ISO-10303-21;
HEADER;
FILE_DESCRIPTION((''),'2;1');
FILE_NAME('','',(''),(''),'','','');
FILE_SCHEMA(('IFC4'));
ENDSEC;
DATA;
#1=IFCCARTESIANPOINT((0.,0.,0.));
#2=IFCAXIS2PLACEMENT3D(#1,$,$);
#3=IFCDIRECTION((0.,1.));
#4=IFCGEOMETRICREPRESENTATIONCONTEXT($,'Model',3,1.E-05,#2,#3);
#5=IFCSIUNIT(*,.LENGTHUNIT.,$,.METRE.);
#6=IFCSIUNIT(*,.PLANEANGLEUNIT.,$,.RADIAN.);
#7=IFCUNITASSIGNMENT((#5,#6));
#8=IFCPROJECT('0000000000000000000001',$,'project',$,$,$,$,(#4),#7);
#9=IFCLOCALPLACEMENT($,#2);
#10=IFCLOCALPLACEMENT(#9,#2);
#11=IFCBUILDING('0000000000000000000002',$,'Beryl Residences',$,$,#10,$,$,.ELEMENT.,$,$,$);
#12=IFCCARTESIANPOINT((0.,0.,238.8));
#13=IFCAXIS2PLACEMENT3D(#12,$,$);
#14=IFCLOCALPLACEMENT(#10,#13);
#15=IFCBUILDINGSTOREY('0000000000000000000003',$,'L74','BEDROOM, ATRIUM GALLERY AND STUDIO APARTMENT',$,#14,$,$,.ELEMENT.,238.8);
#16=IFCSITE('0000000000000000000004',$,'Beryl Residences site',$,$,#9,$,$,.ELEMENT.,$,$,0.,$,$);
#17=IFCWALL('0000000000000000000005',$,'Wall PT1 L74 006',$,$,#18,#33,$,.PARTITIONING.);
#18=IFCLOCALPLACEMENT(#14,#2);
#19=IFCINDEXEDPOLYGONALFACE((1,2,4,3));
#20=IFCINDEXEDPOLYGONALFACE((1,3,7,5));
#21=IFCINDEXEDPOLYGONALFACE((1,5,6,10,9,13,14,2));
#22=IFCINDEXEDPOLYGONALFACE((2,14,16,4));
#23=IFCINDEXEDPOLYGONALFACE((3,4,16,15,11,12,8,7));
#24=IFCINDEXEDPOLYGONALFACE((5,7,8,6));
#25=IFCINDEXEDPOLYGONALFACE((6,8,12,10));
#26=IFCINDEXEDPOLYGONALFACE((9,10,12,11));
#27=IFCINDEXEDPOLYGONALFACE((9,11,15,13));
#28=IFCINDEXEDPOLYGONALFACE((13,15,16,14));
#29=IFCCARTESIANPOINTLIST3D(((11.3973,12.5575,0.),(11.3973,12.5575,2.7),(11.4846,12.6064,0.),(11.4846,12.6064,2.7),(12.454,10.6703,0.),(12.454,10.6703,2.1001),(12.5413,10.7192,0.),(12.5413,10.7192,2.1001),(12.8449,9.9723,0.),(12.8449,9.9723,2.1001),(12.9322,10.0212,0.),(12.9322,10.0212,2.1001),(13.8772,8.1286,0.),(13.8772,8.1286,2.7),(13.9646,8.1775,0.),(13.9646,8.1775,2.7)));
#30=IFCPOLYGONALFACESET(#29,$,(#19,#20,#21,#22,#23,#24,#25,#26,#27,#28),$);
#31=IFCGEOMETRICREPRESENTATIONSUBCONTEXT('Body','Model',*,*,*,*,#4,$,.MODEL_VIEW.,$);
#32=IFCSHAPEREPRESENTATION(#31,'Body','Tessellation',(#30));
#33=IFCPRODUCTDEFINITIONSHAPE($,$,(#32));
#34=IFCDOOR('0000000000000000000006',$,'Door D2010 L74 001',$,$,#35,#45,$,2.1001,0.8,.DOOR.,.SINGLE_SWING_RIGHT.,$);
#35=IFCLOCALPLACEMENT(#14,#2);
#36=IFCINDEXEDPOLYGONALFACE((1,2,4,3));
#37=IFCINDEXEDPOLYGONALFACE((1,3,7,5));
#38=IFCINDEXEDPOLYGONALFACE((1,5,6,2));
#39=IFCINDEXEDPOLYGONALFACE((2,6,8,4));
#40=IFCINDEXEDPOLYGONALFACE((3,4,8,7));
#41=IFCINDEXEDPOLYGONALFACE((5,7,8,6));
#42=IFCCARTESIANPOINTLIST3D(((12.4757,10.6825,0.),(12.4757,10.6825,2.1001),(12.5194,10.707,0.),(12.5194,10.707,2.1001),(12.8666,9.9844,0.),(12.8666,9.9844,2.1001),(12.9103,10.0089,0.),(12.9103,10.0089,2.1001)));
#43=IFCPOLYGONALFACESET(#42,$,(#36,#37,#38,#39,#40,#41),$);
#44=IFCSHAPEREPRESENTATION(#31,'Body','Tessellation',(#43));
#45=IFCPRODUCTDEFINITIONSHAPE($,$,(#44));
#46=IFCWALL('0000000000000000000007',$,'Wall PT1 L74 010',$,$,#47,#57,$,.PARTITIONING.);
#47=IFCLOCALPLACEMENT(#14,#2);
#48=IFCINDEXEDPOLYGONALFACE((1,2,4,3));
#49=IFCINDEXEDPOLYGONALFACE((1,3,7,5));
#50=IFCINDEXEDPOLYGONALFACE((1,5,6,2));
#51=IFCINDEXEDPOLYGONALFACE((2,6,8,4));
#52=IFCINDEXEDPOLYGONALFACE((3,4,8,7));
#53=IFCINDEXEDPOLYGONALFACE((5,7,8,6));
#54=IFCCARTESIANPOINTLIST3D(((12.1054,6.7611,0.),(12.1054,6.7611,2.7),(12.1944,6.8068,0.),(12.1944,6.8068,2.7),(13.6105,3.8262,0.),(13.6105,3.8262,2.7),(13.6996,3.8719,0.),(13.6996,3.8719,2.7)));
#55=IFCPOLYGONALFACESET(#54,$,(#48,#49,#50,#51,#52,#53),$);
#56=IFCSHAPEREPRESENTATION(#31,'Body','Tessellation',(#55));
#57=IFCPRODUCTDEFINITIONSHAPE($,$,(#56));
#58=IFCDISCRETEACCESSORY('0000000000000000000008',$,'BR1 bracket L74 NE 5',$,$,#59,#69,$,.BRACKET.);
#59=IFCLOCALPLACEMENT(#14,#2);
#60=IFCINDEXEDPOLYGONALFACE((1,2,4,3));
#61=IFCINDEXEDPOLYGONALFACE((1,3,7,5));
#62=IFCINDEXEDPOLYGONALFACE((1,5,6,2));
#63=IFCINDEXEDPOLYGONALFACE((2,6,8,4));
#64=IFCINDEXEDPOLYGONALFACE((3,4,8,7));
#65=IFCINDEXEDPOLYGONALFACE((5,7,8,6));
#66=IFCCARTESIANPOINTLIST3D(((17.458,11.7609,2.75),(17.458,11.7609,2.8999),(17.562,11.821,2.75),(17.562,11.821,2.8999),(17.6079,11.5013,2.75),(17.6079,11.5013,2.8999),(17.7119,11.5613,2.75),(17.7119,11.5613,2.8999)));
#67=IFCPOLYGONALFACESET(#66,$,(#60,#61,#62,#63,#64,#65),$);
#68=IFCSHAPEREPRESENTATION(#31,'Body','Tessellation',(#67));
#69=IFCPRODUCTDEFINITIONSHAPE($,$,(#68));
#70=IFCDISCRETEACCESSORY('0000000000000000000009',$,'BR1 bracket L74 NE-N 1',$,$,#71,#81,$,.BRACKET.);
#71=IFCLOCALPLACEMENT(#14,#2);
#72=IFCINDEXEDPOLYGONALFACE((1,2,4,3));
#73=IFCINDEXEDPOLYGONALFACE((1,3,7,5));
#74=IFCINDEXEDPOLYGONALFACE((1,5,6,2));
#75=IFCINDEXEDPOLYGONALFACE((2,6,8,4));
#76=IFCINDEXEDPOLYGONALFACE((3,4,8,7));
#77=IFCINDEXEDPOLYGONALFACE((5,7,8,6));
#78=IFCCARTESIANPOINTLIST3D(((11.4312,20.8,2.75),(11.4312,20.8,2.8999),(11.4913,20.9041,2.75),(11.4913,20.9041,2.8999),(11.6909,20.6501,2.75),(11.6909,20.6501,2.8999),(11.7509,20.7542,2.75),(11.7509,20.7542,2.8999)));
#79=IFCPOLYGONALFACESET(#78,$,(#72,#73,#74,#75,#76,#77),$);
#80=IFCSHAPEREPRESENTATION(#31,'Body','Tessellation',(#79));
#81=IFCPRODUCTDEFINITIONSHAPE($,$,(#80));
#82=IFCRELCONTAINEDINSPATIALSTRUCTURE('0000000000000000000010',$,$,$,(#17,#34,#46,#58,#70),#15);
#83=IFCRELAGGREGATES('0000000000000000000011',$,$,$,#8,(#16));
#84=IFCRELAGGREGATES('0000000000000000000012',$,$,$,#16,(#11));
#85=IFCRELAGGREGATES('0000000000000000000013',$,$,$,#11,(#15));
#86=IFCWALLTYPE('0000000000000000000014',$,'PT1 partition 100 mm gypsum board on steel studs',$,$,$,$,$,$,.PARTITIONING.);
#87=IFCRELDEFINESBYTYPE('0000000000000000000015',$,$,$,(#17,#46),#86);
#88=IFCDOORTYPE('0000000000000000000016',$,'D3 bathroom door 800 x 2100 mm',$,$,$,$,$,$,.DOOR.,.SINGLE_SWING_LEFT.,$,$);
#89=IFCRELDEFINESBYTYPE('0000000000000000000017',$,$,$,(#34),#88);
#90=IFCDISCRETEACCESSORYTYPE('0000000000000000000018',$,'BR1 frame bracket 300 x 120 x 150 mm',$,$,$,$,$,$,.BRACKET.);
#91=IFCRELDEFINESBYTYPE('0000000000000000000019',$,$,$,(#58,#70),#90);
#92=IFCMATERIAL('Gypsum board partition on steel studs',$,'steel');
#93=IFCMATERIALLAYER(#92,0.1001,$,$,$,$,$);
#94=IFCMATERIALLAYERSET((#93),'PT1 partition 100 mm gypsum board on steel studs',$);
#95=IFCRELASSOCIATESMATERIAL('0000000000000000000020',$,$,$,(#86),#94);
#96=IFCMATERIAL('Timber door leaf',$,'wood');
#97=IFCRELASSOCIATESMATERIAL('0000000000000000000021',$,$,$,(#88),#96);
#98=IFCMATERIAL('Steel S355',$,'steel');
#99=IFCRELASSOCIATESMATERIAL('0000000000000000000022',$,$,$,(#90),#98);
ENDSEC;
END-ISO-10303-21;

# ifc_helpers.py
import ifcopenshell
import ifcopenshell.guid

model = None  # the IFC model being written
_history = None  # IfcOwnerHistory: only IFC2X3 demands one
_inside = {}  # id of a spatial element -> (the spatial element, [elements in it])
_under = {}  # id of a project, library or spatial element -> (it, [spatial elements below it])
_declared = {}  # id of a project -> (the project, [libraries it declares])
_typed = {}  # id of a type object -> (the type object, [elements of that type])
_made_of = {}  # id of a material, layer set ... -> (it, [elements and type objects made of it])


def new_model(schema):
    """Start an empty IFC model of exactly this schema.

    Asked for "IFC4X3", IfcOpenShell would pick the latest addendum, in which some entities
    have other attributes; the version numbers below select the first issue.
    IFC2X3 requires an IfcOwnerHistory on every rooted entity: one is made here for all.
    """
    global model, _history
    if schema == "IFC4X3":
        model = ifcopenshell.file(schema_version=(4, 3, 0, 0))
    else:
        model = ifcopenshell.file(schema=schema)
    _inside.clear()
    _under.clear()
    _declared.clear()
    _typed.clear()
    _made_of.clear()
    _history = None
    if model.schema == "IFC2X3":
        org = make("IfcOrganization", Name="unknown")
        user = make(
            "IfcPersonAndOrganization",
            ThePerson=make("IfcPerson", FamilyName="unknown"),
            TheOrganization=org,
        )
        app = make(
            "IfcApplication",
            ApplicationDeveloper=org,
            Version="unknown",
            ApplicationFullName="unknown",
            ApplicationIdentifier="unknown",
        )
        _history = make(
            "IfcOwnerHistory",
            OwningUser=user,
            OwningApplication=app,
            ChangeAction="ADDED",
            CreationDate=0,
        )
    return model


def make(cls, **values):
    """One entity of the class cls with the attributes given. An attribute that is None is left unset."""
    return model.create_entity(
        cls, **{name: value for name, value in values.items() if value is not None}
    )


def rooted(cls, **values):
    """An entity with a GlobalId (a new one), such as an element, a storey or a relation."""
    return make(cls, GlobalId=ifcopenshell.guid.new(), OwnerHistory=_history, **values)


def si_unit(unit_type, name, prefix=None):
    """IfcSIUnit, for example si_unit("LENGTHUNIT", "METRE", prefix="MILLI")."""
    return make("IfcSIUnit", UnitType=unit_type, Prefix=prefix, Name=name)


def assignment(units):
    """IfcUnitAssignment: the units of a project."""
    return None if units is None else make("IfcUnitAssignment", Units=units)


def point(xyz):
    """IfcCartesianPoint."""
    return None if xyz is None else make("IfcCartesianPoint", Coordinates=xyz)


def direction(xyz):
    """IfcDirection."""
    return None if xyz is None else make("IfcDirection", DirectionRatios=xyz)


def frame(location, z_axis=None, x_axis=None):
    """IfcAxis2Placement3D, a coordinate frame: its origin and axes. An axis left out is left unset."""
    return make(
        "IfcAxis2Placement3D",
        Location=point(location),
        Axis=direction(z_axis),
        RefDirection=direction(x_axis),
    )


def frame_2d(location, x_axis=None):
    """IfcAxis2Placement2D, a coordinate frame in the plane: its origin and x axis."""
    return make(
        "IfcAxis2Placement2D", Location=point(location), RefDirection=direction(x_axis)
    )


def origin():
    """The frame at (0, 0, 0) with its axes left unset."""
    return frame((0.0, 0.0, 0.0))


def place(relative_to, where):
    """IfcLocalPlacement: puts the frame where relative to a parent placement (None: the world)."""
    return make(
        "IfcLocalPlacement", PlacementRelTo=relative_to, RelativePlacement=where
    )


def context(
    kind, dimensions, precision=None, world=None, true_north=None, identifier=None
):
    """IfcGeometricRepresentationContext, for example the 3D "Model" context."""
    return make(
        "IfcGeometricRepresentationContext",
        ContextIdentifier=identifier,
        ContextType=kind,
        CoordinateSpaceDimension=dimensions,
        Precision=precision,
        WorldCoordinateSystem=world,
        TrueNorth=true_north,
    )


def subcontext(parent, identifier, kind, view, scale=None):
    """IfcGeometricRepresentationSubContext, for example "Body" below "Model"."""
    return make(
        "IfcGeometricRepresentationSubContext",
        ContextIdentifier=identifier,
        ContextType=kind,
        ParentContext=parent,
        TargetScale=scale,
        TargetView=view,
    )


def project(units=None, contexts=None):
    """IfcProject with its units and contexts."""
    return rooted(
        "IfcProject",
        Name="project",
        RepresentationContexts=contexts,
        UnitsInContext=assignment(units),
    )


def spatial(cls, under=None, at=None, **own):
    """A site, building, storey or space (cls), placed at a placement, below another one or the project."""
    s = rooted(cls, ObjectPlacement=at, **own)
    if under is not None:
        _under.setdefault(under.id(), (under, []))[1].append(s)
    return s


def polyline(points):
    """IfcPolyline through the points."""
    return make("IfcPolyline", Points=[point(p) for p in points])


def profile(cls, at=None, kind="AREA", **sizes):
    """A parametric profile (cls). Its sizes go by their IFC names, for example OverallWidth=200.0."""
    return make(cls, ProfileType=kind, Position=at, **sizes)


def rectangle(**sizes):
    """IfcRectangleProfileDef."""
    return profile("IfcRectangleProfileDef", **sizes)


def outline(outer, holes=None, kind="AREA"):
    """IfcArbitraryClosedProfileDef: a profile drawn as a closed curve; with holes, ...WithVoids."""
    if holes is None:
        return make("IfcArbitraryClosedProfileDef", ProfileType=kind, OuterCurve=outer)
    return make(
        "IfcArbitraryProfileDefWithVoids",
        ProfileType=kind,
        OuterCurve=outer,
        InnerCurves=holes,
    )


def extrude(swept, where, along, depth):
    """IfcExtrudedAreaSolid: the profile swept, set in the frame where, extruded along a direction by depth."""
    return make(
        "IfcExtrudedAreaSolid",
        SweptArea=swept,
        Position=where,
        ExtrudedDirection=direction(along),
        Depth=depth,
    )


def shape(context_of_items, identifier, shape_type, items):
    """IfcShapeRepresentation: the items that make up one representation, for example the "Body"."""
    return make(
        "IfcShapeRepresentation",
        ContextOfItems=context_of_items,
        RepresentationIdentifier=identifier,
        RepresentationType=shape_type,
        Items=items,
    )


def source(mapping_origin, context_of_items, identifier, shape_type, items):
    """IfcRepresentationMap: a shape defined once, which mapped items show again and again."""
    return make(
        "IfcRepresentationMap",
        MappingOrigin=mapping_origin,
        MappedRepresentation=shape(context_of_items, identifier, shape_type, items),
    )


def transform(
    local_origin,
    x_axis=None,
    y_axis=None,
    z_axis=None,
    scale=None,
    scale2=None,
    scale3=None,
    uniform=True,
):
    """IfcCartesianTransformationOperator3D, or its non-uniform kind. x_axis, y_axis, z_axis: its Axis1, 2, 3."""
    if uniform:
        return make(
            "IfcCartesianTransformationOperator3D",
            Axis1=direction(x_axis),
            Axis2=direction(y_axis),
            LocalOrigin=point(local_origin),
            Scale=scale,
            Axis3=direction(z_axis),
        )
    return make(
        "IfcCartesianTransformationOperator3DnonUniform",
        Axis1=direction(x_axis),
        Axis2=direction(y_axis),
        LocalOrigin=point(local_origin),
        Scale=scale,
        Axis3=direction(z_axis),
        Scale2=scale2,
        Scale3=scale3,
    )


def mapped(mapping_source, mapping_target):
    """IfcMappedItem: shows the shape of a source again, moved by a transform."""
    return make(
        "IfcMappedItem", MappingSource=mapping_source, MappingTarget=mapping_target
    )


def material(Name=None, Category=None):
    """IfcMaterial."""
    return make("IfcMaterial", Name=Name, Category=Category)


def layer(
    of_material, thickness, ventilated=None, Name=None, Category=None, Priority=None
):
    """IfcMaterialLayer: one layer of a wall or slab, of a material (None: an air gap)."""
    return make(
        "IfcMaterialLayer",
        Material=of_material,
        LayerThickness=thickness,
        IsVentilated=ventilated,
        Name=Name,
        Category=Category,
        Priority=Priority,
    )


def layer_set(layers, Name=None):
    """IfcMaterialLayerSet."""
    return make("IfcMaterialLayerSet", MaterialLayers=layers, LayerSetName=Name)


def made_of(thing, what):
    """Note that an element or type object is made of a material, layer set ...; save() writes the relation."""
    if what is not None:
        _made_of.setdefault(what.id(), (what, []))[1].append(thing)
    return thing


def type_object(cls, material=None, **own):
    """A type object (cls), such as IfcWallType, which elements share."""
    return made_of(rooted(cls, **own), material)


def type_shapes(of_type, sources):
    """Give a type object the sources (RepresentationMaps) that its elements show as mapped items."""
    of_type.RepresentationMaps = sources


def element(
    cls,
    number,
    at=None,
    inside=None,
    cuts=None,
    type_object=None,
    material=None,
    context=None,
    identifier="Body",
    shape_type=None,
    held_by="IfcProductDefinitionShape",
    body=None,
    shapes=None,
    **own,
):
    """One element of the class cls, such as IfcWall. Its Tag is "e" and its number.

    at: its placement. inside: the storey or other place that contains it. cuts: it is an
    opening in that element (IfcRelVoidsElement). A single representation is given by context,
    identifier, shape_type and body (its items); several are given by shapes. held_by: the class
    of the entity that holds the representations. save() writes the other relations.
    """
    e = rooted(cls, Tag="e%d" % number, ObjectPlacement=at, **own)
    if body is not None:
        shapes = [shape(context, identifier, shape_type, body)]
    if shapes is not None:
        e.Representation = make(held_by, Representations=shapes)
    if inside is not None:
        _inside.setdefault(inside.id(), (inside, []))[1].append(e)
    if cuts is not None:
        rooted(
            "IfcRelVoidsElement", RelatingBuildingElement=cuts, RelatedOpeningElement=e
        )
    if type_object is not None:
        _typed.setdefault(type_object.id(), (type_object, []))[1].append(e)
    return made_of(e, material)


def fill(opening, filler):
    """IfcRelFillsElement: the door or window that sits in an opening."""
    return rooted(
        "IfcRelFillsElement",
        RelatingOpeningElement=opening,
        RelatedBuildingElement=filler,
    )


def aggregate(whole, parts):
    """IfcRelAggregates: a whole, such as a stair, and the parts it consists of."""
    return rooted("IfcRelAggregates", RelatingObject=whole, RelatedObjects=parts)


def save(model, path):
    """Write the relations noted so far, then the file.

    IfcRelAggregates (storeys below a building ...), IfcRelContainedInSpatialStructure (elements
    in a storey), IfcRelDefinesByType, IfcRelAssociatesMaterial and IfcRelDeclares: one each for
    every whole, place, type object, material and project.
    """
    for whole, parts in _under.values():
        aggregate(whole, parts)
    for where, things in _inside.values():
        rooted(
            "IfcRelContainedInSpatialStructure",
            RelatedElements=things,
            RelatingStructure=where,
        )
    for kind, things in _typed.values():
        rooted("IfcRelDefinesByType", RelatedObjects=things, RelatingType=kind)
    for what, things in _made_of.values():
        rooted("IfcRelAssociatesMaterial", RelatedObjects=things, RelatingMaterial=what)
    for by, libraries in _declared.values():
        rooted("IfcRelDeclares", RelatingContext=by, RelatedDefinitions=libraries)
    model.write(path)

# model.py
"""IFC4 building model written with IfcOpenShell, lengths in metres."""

from ifc_helpers import new_model, si_unit, direction, frame, frame_2d, origin, place, context, subcontext, project, spatial, polyline, rectangle, outline, extrude, source, transform, mapped, material, layer, layer_set, type_object, type_shapes, element, fill, save


model = new_model("IFC4")

# Units and contexts
model_context = context("Model", 3, precision=1e-05, world=origin(), true_north=direction((0.0, 1.0)))
body_context = subcontext(model_context, "Body", "Model", "MODEL_VIEW")
ifc_project = project(units=[si_unit("LENGTHUNIT", "METRE"), si_unit("PLANEANGLEUNIT", "RADIAN")], contexts=[model_context])

# Site, building, storey
site_placement = place(None, origin())
site = spatial("IfcSite", under=ifc_project, at=site_placement, Name="Beryl Residences site", CompositionType="ELEMENT", RefElevation=0.0)
building_placement = place(site_placement, origin())
building = spatial("IfcBuilding", under=site, at=building_placement, Name="Beryl Residences", CompositionType="ELEMENT")
storey_placement = place(building_placement, frame((0.0, 0.0, 238.8)))
storey = spatial("IfcBuildingStorey", under=building, at=storey_placement, Name="L74", Description="BEDROOM, ATRIUM GALLERY AND STUDIO APARTMENT", CompositionType="ELEMENT", Elevation=238.8)

# Wall, opening, door
ifc_material_1 = material(Name="Gypsum board partition on steel studs", Category="steel")
ifc_layer_1 = layer(ifc_material_1, 0.1001)
ifc_layer_set_1 = layer_set([ifc_layer_1], Name="PT1 partition 100 mm gypsum board on steel studs")
wall_type_1 = type_object("IfcWallType", Name="PT1 partition 100 mm gypsum board on steel studs", PredefinedType="PARTITIONING", material=ifc_layer_set_1)
wall_1_placement = place(storey_placement, frame((11.4409, 12.582, 0.0), z_axis=(0.0, 0.0, 1.0), x_axis=(0.488568, -0.872526, 0.0)))
wall_1 = element("IfcWall", 1, at=wall_1_placement, inside=storey, type_object=wall_type_1, Name="Wall PT1 L74 006", PredefinedType="PARTITIONING", context=body_context, shape_type="SweptSolid", body=[
    extrude(rectangle(XDim=5.0759, YDim=0.1001, at=frame_2d((2.5381, 0.0))), origin(), (0.0, 0.0, 1.0), 2.7),
])
opening_1_placement = place(wall_1_placement, frame((2.1631, 0.0, 0.0)))
opening_1 = element("IfcOpeningElement", 2, at=opening_1_placement, cuts=wall_1, PredefinedType="OPENING", context=body_context, shape_type="SweptSolid", body=[
    extrude(rectangle(XDim=0.8, YDim=2.1001, at=frame_2d((0.3999, 1.05))), frame((0.0, 0.0601, 0.0), z_axis=(0.0, -1.0, 0.0), x_axis=(1.0, 0.0, 0.0)), (0.0, 0.0, 1.0), 0.1201),
])
ifc_material_2 = material(Name="Timber door leaf", Category="wood")
door_type = type_object("IfcDoorType", Name="D3 bathroom door 800 x 2100 mm", OperationType="SINGLE_SWING_LEFT", PredefinedType="DOOR", material=ifc_material_2)
door_placement = place(opening_1_placement, origin())
door = element("IfcDoor", 3, at=door_placement, inside=storey, type_object=door_type, Name="Door D2010 L74 001", OperationType="SINGLE_SWING_RIGHT", OverallHeight=2.1001, OverallWidth=0.8, PredefinedType="DOOR", context=body_context, shape_type="SweptSolid", body=[
    extrude(rectangle(XDim=0.8, YDim=2.1001, at=frame_2d((0.3999, 1.05))), frame((0.0, 0.0249, 0.0), z_axis=(0.0, -1.0, 0.0), x_axis=(1.0, 0.0, 0.0)), (0.0, 0.0, 1.0), 0.05),
])
fill(opening_1, door)

# Wall
wall_2_placement = place(storey_placement, frame((12.1499, 6.7839, 0.0), z_axis=(0.0, 0.0, 1.0), x_axis=(0.456339, -0.889806, 0.0)))
element("IfcWall", 4, at=wall_2_placement, inside=storey, type_object=wall_type_1, Name="Wall PT1 L74 010", PredefinedType="PARTITIONING", context=body_context, shape_type="SweptSolid", body=[
    extrude(rectangle(XDim=3.2983, YDim=0.1001, at=frame_2d((1.6492, 0.0))), origin(), (0.0, 0.0, 1.0), 2.7),
])

# Discrete accessories
ifc_material_3 = material(Name="Steel S355", Category="steel")
discrete_accessory_type = type_object("IfcDiscreteAccessoryType", Name="BR1 frame bracket 300 x 120 x 150 mm", PredefinedType="BRACKET", material=ifc_material_3)
shared_shape_1 = source(origin(), body_context, "Body", "SweptSolid", [
    extrude(outline(polyline([(-0.1499, 0.0), (0.1499, 0.0), (0.1499, 0.1201), (-0.1499, 0.1201), (-0.1499, 0.0)])), origin(), (0.0, 0.0, 1.0), 0.1499),
])
type_shapes(discrete_accessory_type, [shared_shape_1])
for number, where, z_axis, x_axis, name in (
    (5, (17.533, 11.6311, 2.75), (0.0, 0.0, 1.0), (0.5, -0.866025, 0.0), "BR1 bracket L74 NE 5"),
    (6, (11.561, 20.7251, 2.75), (0.0, 0.0, 1.0), (0.866025, -0.5, 0.0), "BR1 bracket L74 NE-N 1"),
):
    element("IfcDiscreteAccessory", number, at=place(storey_placement, frame(where, z_axis=z_axis, x_axis=x_axis)), inside=storey, type_object=discrete_accessory_type, Name=name, PredefinedType="BRACKET", context=body_context, shape_type="MappedRepresentation", body=[
        mapped(shared_shape_1, transform((0.0, 0.0, 0.0))),
    ])

save(model, "model.ifc")
